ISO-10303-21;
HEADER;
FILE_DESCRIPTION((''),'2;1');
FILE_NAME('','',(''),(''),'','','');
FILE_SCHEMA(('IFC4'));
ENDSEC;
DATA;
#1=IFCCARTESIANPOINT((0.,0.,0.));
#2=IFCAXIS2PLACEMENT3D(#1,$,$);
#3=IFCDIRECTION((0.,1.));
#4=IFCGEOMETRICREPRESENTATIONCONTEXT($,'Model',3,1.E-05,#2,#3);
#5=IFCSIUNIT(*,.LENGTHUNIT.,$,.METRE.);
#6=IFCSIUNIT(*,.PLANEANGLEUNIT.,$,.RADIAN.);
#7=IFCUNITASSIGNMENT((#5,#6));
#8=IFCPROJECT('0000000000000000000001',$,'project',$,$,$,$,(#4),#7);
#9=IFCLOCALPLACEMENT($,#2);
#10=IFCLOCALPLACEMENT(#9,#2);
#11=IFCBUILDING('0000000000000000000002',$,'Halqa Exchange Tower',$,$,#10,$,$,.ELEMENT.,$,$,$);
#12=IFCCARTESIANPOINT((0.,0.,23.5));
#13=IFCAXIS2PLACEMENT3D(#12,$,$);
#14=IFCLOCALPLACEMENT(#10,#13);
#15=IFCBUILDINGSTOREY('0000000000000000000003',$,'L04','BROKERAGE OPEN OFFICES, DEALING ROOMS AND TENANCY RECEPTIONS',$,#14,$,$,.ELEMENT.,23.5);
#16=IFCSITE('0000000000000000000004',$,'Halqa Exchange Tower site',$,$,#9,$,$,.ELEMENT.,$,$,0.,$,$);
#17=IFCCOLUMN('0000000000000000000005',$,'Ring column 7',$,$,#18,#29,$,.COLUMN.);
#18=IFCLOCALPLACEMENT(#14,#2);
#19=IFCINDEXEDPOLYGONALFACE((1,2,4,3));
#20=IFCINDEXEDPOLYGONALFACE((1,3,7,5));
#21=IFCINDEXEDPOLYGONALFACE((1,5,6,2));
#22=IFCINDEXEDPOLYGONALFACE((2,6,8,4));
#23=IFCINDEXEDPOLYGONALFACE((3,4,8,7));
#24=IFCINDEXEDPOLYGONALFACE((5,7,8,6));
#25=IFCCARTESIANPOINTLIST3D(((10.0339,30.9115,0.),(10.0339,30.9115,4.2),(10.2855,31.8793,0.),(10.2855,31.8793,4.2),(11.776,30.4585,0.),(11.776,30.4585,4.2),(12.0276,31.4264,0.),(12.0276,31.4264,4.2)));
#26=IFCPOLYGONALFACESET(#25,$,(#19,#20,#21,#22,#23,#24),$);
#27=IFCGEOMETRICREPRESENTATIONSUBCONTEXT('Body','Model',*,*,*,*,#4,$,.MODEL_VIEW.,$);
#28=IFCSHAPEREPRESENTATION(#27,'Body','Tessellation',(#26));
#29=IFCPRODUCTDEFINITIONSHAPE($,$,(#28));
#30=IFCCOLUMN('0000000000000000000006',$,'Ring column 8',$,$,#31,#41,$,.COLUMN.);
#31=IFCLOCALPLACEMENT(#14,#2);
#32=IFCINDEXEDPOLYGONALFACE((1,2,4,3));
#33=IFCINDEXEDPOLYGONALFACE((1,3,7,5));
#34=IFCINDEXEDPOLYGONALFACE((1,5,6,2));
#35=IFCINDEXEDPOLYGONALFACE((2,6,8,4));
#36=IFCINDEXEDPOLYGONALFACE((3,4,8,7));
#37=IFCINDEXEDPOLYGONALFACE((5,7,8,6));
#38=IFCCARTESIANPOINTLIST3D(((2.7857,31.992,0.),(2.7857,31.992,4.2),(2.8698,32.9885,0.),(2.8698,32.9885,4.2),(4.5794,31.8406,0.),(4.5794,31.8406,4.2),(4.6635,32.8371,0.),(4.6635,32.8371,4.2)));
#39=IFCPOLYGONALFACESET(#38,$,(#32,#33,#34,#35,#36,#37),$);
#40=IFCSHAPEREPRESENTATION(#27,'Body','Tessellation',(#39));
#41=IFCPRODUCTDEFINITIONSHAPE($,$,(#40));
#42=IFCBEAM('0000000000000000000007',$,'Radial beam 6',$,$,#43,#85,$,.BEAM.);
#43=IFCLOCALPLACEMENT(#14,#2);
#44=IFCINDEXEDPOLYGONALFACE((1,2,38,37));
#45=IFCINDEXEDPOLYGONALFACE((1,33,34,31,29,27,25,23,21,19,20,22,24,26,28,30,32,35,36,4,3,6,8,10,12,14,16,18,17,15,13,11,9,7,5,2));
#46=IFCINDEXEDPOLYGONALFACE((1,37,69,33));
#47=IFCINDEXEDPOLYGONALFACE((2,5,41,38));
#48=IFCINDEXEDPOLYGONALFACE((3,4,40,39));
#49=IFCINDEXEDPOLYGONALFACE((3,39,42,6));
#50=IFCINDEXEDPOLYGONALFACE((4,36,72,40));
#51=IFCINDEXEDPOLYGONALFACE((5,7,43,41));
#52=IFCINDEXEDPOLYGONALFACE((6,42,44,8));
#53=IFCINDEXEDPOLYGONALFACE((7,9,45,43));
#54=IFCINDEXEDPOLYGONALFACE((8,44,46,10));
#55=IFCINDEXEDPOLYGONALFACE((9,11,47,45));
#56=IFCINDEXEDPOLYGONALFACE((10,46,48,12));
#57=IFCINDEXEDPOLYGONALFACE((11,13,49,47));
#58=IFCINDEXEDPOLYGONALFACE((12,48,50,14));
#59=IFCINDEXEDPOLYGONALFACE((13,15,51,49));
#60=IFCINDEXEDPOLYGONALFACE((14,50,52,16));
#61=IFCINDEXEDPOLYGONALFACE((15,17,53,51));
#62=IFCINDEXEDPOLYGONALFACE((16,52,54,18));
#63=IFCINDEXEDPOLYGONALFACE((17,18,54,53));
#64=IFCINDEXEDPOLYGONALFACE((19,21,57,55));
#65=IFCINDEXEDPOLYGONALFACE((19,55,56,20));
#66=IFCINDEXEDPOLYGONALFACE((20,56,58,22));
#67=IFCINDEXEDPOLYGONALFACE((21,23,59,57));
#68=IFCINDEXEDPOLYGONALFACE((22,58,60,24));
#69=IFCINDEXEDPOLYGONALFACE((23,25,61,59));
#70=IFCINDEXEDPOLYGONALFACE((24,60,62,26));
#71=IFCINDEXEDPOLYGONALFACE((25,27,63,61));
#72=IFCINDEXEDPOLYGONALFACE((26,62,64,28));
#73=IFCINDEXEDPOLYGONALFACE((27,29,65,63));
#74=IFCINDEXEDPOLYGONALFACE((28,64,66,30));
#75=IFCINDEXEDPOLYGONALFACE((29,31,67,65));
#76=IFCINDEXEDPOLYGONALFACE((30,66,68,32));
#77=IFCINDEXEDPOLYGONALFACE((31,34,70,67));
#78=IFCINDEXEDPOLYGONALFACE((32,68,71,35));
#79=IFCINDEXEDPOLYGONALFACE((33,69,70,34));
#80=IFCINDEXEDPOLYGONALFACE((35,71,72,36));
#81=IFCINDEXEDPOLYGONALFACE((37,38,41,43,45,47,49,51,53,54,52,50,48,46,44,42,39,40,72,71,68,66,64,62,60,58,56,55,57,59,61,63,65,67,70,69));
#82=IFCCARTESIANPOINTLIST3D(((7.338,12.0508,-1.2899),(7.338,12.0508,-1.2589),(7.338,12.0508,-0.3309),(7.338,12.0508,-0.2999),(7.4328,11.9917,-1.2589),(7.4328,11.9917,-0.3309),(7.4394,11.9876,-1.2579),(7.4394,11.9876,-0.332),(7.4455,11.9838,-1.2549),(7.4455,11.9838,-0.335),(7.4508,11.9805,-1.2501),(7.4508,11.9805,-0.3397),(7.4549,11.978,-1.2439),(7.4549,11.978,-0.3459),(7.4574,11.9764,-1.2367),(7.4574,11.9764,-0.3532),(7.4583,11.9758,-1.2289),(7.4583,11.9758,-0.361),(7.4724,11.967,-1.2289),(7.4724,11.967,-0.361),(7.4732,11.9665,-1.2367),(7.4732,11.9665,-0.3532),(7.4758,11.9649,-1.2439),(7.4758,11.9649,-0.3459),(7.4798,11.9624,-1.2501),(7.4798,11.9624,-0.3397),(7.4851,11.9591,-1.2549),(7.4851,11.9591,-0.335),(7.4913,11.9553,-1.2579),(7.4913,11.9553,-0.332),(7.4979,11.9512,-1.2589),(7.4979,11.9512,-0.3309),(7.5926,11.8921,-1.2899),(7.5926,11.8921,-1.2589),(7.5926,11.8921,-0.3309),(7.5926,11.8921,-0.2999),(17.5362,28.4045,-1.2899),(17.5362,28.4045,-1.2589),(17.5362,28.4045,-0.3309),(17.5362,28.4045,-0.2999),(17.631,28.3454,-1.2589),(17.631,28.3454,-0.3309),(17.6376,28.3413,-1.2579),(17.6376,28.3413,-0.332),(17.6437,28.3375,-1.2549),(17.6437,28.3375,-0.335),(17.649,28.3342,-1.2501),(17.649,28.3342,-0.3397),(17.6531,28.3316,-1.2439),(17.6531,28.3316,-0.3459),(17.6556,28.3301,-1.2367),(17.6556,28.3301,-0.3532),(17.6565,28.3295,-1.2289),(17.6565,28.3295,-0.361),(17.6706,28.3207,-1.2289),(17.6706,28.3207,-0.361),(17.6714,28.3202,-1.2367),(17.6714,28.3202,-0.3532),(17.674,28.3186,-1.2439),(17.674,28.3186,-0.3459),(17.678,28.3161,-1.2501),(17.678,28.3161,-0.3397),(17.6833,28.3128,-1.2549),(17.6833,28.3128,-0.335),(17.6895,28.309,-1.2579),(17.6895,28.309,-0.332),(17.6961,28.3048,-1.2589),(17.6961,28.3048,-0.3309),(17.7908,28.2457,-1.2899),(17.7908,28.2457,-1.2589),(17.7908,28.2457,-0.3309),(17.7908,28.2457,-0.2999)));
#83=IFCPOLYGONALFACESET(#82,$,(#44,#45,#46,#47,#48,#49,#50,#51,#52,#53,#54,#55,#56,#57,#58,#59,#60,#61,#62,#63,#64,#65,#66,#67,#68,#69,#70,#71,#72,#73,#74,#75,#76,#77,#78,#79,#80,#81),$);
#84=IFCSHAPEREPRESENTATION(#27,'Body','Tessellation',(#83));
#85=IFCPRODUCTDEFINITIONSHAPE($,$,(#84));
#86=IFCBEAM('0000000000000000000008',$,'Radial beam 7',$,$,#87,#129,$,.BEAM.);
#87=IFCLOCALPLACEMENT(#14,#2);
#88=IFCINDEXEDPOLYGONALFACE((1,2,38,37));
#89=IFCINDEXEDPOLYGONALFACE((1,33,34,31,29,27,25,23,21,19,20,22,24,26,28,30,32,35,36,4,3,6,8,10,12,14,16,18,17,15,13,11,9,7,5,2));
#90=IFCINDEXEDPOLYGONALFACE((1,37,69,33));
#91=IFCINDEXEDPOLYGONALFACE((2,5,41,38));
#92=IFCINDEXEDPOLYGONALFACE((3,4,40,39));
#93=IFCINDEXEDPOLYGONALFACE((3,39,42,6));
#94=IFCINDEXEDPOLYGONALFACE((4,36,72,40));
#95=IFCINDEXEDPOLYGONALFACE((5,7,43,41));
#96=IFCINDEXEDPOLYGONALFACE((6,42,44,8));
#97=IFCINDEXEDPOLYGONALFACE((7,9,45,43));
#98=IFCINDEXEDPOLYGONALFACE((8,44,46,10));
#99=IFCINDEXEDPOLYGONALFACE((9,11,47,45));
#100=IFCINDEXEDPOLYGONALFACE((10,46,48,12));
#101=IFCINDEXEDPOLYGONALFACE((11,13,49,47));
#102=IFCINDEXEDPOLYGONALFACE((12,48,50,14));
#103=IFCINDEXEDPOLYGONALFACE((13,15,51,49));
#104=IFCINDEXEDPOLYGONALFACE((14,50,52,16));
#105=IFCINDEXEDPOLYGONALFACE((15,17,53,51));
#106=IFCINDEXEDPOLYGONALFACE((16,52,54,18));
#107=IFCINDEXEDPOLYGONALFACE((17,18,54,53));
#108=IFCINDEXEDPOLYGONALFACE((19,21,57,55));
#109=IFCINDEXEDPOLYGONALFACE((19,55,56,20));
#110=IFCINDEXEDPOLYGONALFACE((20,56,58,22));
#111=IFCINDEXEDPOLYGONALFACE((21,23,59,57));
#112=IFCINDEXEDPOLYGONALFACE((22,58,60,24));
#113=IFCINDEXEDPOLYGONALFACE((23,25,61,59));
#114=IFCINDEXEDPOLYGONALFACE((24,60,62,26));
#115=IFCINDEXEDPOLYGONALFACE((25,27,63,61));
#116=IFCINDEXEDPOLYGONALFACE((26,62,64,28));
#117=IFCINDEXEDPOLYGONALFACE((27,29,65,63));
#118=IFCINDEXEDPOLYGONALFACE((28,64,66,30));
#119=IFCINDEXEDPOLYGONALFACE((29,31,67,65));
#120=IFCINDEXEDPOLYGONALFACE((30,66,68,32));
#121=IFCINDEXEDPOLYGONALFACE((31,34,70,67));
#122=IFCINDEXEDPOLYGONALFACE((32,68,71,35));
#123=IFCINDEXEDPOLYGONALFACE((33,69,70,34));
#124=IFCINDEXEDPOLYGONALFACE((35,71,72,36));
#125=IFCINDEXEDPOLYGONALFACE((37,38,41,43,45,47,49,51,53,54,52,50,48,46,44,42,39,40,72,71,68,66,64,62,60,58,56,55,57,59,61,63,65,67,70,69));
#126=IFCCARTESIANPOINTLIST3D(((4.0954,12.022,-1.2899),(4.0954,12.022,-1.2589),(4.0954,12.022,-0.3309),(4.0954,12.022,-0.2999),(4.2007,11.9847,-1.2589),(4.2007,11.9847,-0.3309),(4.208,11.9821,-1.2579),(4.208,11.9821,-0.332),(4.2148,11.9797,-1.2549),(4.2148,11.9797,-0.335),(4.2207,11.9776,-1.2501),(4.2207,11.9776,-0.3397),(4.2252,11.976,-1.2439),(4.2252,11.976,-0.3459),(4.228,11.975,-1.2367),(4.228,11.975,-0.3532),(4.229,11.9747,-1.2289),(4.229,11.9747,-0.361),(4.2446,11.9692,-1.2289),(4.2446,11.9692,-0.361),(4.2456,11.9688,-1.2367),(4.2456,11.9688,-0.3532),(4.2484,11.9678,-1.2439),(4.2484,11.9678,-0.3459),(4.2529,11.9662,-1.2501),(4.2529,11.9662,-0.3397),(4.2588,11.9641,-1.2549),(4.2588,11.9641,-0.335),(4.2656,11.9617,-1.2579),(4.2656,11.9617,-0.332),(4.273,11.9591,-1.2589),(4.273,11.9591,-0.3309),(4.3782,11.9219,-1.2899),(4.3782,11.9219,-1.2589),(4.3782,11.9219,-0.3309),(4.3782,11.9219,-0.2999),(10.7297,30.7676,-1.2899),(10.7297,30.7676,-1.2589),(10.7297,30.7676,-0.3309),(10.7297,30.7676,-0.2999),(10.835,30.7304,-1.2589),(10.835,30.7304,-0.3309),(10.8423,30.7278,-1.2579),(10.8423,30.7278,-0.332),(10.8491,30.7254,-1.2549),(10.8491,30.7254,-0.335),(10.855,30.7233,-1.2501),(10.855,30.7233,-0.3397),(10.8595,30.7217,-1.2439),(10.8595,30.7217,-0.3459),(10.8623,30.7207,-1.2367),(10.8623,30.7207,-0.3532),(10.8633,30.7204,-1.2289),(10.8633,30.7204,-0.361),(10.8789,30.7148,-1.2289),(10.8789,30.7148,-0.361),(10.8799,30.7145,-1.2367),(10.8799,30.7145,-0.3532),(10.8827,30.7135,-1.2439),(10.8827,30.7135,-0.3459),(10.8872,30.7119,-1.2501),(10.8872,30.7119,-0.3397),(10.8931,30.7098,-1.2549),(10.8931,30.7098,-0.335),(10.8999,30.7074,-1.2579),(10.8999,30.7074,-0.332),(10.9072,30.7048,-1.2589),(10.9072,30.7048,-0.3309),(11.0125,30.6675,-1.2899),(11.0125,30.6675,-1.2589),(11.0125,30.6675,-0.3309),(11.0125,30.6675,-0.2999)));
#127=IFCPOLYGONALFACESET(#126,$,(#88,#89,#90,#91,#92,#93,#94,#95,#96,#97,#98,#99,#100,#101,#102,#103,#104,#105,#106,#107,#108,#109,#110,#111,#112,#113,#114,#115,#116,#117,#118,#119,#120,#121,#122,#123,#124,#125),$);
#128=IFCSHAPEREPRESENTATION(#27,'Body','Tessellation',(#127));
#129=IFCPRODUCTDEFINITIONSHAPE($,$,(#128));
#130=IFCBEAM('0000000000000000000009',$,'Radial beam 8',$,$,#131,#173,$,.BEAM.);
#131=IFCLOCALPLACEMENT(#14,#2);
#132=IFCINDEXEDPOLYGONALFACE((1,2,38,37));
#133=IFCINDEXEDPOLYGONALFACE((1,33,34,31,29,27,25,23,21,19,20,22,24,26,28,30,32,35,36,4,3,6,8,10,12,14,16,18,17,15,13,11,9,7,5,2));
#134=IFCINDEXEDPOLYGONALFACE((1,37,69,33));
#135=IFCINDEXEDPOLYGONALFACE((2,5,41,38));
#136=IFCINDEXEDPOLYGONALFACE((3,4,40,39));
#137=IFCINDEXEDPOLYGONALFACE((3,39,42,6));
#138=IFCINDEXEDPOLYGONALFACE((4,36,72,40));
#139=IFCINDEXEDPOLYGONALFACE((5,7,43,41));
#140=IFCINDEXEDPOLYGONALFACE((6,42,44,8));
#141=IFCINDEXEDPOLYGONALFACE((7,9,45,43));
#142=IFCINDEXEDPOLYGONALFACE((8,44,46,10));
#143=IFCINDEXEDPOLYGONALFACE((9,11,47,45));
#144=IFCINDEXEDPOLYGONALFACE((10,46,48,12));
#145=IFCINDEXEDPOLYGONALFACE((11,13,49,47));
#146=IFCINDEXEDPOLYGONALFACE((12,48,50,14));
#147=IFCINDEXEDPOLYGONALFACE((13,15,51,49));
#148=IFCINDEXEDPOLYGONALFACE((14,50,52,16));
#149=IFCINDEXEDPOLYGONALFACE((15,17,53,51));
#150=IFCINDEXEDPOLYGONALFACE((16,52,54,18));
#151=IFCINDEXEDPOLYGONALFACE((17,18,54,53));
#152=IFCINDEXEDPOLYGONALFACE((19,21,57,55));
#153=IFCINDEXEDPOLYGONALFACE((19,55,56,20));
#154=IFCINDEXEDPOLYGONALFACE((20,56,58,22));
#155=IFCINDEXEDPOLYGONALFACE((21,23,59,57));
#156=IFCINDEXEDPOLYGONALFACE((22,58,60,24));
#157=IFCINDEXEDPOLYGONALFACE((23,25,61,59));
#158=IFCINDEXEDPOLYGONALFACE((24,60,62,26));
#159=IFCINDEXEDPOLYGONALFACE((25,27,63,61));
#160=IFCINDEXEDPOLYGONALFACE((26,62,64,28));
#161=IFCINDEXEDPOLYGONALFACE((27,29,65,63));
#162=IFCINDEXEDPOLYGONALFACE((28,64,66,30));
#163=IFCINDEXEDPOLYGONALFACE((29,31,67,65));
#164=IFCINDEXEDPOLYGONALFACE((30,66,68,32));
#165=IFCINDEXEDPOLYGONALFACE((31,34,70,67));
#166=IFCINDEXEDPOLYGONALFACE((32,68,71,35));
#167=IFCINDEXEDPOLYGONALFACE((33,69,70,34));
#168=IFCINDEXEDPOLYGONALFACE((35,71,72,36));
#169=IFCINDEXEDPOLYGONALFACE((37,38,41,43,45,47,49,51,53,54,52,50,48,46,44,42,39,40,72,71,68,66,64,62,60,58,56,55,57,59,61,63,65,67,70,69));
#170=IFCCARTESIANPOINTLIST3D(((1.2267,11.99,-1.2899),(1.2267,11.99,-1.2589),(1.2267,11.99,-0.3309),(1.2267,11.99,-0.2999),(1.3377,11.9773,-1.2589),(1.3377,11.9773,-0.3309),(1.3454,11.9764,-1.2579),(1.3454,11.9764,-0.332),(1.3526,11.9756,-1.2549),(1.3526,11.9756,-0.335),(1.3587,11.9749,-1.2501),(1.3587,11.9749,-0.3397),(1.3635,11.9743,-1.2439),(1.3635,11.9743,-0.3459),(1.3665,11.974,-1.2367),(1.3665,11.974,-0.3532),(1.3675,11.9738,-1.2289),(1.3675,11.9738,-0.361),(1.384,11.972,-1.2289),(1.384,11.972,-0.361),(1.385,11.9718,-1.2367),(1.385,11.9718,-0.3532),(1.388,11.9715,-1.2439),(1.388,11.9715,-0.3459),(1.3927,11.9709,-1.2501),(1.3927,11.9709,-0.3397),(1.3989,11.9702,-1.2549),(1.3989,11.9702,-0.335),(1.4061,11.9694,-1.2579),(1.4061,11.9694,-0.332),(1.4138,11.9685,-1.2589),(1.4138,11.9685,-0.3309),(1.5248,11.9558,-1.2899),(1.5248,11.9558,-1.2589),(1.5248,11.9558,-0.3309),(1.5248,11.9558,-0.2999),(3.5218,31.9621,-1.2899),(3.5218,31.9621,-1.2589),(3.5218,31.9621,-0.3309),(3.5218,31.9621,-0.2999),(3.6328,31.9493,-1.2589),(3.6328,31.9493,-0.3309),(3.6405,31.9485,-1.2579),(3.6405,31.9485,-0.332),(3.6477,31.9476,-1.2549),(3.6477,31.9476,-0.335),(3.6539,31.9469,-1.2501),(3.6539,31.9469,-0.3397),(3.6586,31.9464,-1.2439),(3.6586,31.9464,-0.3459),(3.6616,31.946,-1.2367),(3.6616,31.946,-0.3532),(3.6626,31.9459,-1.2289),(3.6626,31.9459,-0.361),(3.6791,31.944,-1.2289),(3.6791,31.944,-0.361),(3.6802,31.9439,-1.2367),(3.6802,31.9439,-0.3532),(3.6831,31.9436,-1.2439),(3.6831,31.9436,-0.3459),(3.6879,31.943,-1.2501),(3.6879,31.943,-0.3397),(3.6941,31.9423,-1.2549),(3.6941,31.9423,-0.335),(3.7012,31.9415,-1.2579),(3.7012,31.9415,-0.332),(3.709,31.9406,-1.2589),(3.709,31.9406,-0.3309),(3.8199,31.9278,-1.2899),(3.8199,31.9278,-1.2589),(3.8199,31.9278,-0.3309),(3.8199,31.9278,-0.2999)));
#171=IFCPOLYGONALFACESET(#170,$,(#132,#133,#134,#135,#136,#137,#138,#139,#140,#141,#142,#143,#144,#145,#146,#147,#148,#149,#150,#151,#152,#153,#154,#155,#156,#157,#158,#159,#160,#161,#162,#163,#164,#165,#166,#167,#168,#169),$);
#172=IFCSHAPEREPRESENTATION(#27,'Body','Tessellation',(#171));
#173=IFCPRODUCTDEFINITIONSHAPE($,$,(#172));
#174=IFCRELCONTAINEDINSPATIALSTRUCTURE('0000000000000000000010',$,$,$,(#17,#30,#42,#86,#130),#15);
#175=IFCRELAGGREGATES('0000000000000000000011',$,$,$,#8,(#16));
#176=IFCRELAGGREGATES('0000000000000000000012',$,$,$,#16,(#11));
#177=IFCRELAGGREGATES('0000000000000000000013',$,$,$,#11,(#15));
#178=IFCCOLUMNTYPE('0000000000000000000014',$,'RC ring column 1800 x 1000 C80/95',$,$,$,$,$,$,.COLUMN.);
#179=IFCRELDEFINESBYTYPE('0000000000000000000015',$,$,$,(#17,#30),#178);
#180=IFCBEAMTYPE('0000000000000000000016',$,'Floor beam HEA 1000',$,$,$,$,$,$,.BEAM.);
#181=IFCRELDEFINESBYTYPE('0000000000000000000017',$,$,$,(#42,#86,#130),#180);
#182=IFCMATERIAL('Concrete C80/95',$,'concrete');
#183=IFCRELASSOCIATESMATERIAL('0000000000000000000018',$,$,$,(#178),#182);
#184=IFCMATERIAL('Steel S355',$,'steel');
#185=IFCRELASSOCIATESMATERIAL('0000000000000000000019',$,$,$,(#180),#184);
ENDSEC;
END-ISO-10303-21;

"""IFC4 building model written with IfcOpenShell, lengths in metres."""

from ifc_helpers import new_model, si_unit, direction, frame, origin, origin_2d, place, context, subcontext, project, spatial, rectangle, i_section, extrude, material, material_profile, profile_set, type_object, element, save


model = new_model("IFC4")

# Units and contexts
model_context = context("Model", 3, precision=1e-05, world=origin(), true_north=direction((0.0, 1.0)))
body_context = subcontext(model_context, "Body", "Model", "MODEL_VIEW")
ifc_project = project(units=[si_unit("LENGTHUNIT", "METRE"), si_unit("PLANEANGLEUNIT", "RADIAN")], contexts=[model_context])

# Site, building, storey
site_placement = place(None, origin())
site = spatial("IfcSite", under=ifc_project, at=site_placement, Name="Halqa Exchange Tower site", CompositionType="ELEMENT", RefElevation=0.0)
building_placement = place(site_placement, origin())
building = spatial("IfcBuilding", under=site, at=building_placement, Name="Halqa Exchange Tower", CompositionType="ELEMENT")
storey_placement = place(building_placement, frame((0.0, 0.0, 23.5)))
storey = spatial("IfcBuildingStorey", under=building, at=storey_placement, Name="L04", Description="BROKERAGE OPEN OFFICES, DEALING ROOMS AND TENANCY RECEPTIONS", CompositionType="ELEMENT", Elevation=23.5)

# Columns
ifc_material_1 = material(Name="Concrete C80/95", Category="concrete")
ifc_material_profile_1 = material_profile(ifc_material_1, rectangle(XDim=1.8, YDim=1.0, at=origin_2d()), Name="1800 x 1000")
ifc_profile_set_1 = profile_set([ifc_material_profile_1], Name="Concrete C80/95")
column_type = type_object("IfcColumnType", Name="RC ring column 1800 x 1000 C80/95", PredefinedType="COLUMN", material=ifc_profile_set_1)
for number, where, z_axis, x_axis, name in (
    (1, (11.0308, 31.1689, 0.0), (0.0, 0.0, 1.0), (-0.967819, 0.251647, 0.0), "Ring column 7"),
    (2, (3.7246, 32.4146, 0.0), (0.0, 0.0, 1.0), (-0.996455, 0.084123, 0.0), "Ring column 8"),
):
    element("IfcColumn", number, at=place(storey_placement, frame(where, z_axis=z_axis, x_axis=x_axis)), inside=storey, type_object=column_type, Name=name, PredefinedType="COLUMN", context=body_context, shape_type="SweptSolid", body=[
        extrude(rectangle(XDim=1.8, YDim=1.0, at=origin_2d()), origin(), (0.0, 0.0, 1.0), 4.2),
    ])

# Beams
ifc_material_2 = material(Name="Steel S355", Category="steel")
ifc_material_profile_2 = material_profile(ifc_material_2, i_section(OverallWidth=0.3, OverallDepth=0.99, WebThickness=0.0166, FlangeThickness=0.031, FilletRadius=0.03, at=origin_2d()), Name="HEA 1000")
ifc_profile_set_2 = profile_set([ifc_material_profile_2], Name="Steel S355")
beam_type_1 = type_object("IfcBeamType", Name="Floor beam HEA 1000", PredefinedType="BEAM", material=ifc_profile_set_2)
beam_1_placement = place(storey_placement, frame((7.4653, 11.9714, -0.7949), z_axis=(0.529146, 0.848531, 0.0), x_axis=(-0.848531, 0.529146, 0.0)))
element("IfcBeam", 3, at=beam_1_placement, inside=storey, type_object=beam_type_1, Name="Radial beam 6", PredefinedType="BEAM", context=body_context, shape_type="SweptSolid", body=[
    extrude(i_section(OverallWidth=0.3, OverallDepth=0.99, WebThickness=0.0166, FlangeThickness=0.031, FilletRadius=0.03, at=origin_2d()), origin(), (0.0, 0.0, 1.0), 19.2729),
])
beam_2_placement = place(storey_placement, frame((4.2368, 11.9719, -0.7949), z_axis=(0.333633, 0.942703, 0.0), x_axis=(-0.942703, 0.333633, 0.0)))
element("IfcBeam", 4, at=beam_2_placement, inside=storey, type_object=beam_type_1, Name="Radial beam 7", PredefinedType="BEAM", context=body_context, shape_type="SweptSolid", body=[
    extrude(i_section(OverallWidth=0.3, OverallDepth=0.99, WebThickness=0.0166, FlangeThickness=0.031, FilletRadius=0.03, at=origin_2d()), origin(), (0.0, 0.0, 1.0), 19.885),
])
for number, where, z_axis, x_axis, name in (
    (5, (1.3757, 11.9729, -0.7949), (0.114167, 0.993462, 0.0), (-0.993462, 0.114167, 0.0), "Radial beam 8"),
):
    element("IfcBeam", number, at=place(storey_placement, frame(where, z_axis=z_axis, x_axis=x_axis)), inside=storey, type_object=beam_type_1, Name=name, PredefinedType="BEAM", context=body_context, shape_type="SweptSolid", body=[
        extrude(i_section(OverallWidth=0.3, OverallDepth=0.99, WebThickness=0.0166, FlangeThickness=0.031, FilletRadius=0.03, at=origin_2d()), origin(), (0.0, 0.0, 1.0), 20.1035),
    ])

save(model, "model.ifc")
